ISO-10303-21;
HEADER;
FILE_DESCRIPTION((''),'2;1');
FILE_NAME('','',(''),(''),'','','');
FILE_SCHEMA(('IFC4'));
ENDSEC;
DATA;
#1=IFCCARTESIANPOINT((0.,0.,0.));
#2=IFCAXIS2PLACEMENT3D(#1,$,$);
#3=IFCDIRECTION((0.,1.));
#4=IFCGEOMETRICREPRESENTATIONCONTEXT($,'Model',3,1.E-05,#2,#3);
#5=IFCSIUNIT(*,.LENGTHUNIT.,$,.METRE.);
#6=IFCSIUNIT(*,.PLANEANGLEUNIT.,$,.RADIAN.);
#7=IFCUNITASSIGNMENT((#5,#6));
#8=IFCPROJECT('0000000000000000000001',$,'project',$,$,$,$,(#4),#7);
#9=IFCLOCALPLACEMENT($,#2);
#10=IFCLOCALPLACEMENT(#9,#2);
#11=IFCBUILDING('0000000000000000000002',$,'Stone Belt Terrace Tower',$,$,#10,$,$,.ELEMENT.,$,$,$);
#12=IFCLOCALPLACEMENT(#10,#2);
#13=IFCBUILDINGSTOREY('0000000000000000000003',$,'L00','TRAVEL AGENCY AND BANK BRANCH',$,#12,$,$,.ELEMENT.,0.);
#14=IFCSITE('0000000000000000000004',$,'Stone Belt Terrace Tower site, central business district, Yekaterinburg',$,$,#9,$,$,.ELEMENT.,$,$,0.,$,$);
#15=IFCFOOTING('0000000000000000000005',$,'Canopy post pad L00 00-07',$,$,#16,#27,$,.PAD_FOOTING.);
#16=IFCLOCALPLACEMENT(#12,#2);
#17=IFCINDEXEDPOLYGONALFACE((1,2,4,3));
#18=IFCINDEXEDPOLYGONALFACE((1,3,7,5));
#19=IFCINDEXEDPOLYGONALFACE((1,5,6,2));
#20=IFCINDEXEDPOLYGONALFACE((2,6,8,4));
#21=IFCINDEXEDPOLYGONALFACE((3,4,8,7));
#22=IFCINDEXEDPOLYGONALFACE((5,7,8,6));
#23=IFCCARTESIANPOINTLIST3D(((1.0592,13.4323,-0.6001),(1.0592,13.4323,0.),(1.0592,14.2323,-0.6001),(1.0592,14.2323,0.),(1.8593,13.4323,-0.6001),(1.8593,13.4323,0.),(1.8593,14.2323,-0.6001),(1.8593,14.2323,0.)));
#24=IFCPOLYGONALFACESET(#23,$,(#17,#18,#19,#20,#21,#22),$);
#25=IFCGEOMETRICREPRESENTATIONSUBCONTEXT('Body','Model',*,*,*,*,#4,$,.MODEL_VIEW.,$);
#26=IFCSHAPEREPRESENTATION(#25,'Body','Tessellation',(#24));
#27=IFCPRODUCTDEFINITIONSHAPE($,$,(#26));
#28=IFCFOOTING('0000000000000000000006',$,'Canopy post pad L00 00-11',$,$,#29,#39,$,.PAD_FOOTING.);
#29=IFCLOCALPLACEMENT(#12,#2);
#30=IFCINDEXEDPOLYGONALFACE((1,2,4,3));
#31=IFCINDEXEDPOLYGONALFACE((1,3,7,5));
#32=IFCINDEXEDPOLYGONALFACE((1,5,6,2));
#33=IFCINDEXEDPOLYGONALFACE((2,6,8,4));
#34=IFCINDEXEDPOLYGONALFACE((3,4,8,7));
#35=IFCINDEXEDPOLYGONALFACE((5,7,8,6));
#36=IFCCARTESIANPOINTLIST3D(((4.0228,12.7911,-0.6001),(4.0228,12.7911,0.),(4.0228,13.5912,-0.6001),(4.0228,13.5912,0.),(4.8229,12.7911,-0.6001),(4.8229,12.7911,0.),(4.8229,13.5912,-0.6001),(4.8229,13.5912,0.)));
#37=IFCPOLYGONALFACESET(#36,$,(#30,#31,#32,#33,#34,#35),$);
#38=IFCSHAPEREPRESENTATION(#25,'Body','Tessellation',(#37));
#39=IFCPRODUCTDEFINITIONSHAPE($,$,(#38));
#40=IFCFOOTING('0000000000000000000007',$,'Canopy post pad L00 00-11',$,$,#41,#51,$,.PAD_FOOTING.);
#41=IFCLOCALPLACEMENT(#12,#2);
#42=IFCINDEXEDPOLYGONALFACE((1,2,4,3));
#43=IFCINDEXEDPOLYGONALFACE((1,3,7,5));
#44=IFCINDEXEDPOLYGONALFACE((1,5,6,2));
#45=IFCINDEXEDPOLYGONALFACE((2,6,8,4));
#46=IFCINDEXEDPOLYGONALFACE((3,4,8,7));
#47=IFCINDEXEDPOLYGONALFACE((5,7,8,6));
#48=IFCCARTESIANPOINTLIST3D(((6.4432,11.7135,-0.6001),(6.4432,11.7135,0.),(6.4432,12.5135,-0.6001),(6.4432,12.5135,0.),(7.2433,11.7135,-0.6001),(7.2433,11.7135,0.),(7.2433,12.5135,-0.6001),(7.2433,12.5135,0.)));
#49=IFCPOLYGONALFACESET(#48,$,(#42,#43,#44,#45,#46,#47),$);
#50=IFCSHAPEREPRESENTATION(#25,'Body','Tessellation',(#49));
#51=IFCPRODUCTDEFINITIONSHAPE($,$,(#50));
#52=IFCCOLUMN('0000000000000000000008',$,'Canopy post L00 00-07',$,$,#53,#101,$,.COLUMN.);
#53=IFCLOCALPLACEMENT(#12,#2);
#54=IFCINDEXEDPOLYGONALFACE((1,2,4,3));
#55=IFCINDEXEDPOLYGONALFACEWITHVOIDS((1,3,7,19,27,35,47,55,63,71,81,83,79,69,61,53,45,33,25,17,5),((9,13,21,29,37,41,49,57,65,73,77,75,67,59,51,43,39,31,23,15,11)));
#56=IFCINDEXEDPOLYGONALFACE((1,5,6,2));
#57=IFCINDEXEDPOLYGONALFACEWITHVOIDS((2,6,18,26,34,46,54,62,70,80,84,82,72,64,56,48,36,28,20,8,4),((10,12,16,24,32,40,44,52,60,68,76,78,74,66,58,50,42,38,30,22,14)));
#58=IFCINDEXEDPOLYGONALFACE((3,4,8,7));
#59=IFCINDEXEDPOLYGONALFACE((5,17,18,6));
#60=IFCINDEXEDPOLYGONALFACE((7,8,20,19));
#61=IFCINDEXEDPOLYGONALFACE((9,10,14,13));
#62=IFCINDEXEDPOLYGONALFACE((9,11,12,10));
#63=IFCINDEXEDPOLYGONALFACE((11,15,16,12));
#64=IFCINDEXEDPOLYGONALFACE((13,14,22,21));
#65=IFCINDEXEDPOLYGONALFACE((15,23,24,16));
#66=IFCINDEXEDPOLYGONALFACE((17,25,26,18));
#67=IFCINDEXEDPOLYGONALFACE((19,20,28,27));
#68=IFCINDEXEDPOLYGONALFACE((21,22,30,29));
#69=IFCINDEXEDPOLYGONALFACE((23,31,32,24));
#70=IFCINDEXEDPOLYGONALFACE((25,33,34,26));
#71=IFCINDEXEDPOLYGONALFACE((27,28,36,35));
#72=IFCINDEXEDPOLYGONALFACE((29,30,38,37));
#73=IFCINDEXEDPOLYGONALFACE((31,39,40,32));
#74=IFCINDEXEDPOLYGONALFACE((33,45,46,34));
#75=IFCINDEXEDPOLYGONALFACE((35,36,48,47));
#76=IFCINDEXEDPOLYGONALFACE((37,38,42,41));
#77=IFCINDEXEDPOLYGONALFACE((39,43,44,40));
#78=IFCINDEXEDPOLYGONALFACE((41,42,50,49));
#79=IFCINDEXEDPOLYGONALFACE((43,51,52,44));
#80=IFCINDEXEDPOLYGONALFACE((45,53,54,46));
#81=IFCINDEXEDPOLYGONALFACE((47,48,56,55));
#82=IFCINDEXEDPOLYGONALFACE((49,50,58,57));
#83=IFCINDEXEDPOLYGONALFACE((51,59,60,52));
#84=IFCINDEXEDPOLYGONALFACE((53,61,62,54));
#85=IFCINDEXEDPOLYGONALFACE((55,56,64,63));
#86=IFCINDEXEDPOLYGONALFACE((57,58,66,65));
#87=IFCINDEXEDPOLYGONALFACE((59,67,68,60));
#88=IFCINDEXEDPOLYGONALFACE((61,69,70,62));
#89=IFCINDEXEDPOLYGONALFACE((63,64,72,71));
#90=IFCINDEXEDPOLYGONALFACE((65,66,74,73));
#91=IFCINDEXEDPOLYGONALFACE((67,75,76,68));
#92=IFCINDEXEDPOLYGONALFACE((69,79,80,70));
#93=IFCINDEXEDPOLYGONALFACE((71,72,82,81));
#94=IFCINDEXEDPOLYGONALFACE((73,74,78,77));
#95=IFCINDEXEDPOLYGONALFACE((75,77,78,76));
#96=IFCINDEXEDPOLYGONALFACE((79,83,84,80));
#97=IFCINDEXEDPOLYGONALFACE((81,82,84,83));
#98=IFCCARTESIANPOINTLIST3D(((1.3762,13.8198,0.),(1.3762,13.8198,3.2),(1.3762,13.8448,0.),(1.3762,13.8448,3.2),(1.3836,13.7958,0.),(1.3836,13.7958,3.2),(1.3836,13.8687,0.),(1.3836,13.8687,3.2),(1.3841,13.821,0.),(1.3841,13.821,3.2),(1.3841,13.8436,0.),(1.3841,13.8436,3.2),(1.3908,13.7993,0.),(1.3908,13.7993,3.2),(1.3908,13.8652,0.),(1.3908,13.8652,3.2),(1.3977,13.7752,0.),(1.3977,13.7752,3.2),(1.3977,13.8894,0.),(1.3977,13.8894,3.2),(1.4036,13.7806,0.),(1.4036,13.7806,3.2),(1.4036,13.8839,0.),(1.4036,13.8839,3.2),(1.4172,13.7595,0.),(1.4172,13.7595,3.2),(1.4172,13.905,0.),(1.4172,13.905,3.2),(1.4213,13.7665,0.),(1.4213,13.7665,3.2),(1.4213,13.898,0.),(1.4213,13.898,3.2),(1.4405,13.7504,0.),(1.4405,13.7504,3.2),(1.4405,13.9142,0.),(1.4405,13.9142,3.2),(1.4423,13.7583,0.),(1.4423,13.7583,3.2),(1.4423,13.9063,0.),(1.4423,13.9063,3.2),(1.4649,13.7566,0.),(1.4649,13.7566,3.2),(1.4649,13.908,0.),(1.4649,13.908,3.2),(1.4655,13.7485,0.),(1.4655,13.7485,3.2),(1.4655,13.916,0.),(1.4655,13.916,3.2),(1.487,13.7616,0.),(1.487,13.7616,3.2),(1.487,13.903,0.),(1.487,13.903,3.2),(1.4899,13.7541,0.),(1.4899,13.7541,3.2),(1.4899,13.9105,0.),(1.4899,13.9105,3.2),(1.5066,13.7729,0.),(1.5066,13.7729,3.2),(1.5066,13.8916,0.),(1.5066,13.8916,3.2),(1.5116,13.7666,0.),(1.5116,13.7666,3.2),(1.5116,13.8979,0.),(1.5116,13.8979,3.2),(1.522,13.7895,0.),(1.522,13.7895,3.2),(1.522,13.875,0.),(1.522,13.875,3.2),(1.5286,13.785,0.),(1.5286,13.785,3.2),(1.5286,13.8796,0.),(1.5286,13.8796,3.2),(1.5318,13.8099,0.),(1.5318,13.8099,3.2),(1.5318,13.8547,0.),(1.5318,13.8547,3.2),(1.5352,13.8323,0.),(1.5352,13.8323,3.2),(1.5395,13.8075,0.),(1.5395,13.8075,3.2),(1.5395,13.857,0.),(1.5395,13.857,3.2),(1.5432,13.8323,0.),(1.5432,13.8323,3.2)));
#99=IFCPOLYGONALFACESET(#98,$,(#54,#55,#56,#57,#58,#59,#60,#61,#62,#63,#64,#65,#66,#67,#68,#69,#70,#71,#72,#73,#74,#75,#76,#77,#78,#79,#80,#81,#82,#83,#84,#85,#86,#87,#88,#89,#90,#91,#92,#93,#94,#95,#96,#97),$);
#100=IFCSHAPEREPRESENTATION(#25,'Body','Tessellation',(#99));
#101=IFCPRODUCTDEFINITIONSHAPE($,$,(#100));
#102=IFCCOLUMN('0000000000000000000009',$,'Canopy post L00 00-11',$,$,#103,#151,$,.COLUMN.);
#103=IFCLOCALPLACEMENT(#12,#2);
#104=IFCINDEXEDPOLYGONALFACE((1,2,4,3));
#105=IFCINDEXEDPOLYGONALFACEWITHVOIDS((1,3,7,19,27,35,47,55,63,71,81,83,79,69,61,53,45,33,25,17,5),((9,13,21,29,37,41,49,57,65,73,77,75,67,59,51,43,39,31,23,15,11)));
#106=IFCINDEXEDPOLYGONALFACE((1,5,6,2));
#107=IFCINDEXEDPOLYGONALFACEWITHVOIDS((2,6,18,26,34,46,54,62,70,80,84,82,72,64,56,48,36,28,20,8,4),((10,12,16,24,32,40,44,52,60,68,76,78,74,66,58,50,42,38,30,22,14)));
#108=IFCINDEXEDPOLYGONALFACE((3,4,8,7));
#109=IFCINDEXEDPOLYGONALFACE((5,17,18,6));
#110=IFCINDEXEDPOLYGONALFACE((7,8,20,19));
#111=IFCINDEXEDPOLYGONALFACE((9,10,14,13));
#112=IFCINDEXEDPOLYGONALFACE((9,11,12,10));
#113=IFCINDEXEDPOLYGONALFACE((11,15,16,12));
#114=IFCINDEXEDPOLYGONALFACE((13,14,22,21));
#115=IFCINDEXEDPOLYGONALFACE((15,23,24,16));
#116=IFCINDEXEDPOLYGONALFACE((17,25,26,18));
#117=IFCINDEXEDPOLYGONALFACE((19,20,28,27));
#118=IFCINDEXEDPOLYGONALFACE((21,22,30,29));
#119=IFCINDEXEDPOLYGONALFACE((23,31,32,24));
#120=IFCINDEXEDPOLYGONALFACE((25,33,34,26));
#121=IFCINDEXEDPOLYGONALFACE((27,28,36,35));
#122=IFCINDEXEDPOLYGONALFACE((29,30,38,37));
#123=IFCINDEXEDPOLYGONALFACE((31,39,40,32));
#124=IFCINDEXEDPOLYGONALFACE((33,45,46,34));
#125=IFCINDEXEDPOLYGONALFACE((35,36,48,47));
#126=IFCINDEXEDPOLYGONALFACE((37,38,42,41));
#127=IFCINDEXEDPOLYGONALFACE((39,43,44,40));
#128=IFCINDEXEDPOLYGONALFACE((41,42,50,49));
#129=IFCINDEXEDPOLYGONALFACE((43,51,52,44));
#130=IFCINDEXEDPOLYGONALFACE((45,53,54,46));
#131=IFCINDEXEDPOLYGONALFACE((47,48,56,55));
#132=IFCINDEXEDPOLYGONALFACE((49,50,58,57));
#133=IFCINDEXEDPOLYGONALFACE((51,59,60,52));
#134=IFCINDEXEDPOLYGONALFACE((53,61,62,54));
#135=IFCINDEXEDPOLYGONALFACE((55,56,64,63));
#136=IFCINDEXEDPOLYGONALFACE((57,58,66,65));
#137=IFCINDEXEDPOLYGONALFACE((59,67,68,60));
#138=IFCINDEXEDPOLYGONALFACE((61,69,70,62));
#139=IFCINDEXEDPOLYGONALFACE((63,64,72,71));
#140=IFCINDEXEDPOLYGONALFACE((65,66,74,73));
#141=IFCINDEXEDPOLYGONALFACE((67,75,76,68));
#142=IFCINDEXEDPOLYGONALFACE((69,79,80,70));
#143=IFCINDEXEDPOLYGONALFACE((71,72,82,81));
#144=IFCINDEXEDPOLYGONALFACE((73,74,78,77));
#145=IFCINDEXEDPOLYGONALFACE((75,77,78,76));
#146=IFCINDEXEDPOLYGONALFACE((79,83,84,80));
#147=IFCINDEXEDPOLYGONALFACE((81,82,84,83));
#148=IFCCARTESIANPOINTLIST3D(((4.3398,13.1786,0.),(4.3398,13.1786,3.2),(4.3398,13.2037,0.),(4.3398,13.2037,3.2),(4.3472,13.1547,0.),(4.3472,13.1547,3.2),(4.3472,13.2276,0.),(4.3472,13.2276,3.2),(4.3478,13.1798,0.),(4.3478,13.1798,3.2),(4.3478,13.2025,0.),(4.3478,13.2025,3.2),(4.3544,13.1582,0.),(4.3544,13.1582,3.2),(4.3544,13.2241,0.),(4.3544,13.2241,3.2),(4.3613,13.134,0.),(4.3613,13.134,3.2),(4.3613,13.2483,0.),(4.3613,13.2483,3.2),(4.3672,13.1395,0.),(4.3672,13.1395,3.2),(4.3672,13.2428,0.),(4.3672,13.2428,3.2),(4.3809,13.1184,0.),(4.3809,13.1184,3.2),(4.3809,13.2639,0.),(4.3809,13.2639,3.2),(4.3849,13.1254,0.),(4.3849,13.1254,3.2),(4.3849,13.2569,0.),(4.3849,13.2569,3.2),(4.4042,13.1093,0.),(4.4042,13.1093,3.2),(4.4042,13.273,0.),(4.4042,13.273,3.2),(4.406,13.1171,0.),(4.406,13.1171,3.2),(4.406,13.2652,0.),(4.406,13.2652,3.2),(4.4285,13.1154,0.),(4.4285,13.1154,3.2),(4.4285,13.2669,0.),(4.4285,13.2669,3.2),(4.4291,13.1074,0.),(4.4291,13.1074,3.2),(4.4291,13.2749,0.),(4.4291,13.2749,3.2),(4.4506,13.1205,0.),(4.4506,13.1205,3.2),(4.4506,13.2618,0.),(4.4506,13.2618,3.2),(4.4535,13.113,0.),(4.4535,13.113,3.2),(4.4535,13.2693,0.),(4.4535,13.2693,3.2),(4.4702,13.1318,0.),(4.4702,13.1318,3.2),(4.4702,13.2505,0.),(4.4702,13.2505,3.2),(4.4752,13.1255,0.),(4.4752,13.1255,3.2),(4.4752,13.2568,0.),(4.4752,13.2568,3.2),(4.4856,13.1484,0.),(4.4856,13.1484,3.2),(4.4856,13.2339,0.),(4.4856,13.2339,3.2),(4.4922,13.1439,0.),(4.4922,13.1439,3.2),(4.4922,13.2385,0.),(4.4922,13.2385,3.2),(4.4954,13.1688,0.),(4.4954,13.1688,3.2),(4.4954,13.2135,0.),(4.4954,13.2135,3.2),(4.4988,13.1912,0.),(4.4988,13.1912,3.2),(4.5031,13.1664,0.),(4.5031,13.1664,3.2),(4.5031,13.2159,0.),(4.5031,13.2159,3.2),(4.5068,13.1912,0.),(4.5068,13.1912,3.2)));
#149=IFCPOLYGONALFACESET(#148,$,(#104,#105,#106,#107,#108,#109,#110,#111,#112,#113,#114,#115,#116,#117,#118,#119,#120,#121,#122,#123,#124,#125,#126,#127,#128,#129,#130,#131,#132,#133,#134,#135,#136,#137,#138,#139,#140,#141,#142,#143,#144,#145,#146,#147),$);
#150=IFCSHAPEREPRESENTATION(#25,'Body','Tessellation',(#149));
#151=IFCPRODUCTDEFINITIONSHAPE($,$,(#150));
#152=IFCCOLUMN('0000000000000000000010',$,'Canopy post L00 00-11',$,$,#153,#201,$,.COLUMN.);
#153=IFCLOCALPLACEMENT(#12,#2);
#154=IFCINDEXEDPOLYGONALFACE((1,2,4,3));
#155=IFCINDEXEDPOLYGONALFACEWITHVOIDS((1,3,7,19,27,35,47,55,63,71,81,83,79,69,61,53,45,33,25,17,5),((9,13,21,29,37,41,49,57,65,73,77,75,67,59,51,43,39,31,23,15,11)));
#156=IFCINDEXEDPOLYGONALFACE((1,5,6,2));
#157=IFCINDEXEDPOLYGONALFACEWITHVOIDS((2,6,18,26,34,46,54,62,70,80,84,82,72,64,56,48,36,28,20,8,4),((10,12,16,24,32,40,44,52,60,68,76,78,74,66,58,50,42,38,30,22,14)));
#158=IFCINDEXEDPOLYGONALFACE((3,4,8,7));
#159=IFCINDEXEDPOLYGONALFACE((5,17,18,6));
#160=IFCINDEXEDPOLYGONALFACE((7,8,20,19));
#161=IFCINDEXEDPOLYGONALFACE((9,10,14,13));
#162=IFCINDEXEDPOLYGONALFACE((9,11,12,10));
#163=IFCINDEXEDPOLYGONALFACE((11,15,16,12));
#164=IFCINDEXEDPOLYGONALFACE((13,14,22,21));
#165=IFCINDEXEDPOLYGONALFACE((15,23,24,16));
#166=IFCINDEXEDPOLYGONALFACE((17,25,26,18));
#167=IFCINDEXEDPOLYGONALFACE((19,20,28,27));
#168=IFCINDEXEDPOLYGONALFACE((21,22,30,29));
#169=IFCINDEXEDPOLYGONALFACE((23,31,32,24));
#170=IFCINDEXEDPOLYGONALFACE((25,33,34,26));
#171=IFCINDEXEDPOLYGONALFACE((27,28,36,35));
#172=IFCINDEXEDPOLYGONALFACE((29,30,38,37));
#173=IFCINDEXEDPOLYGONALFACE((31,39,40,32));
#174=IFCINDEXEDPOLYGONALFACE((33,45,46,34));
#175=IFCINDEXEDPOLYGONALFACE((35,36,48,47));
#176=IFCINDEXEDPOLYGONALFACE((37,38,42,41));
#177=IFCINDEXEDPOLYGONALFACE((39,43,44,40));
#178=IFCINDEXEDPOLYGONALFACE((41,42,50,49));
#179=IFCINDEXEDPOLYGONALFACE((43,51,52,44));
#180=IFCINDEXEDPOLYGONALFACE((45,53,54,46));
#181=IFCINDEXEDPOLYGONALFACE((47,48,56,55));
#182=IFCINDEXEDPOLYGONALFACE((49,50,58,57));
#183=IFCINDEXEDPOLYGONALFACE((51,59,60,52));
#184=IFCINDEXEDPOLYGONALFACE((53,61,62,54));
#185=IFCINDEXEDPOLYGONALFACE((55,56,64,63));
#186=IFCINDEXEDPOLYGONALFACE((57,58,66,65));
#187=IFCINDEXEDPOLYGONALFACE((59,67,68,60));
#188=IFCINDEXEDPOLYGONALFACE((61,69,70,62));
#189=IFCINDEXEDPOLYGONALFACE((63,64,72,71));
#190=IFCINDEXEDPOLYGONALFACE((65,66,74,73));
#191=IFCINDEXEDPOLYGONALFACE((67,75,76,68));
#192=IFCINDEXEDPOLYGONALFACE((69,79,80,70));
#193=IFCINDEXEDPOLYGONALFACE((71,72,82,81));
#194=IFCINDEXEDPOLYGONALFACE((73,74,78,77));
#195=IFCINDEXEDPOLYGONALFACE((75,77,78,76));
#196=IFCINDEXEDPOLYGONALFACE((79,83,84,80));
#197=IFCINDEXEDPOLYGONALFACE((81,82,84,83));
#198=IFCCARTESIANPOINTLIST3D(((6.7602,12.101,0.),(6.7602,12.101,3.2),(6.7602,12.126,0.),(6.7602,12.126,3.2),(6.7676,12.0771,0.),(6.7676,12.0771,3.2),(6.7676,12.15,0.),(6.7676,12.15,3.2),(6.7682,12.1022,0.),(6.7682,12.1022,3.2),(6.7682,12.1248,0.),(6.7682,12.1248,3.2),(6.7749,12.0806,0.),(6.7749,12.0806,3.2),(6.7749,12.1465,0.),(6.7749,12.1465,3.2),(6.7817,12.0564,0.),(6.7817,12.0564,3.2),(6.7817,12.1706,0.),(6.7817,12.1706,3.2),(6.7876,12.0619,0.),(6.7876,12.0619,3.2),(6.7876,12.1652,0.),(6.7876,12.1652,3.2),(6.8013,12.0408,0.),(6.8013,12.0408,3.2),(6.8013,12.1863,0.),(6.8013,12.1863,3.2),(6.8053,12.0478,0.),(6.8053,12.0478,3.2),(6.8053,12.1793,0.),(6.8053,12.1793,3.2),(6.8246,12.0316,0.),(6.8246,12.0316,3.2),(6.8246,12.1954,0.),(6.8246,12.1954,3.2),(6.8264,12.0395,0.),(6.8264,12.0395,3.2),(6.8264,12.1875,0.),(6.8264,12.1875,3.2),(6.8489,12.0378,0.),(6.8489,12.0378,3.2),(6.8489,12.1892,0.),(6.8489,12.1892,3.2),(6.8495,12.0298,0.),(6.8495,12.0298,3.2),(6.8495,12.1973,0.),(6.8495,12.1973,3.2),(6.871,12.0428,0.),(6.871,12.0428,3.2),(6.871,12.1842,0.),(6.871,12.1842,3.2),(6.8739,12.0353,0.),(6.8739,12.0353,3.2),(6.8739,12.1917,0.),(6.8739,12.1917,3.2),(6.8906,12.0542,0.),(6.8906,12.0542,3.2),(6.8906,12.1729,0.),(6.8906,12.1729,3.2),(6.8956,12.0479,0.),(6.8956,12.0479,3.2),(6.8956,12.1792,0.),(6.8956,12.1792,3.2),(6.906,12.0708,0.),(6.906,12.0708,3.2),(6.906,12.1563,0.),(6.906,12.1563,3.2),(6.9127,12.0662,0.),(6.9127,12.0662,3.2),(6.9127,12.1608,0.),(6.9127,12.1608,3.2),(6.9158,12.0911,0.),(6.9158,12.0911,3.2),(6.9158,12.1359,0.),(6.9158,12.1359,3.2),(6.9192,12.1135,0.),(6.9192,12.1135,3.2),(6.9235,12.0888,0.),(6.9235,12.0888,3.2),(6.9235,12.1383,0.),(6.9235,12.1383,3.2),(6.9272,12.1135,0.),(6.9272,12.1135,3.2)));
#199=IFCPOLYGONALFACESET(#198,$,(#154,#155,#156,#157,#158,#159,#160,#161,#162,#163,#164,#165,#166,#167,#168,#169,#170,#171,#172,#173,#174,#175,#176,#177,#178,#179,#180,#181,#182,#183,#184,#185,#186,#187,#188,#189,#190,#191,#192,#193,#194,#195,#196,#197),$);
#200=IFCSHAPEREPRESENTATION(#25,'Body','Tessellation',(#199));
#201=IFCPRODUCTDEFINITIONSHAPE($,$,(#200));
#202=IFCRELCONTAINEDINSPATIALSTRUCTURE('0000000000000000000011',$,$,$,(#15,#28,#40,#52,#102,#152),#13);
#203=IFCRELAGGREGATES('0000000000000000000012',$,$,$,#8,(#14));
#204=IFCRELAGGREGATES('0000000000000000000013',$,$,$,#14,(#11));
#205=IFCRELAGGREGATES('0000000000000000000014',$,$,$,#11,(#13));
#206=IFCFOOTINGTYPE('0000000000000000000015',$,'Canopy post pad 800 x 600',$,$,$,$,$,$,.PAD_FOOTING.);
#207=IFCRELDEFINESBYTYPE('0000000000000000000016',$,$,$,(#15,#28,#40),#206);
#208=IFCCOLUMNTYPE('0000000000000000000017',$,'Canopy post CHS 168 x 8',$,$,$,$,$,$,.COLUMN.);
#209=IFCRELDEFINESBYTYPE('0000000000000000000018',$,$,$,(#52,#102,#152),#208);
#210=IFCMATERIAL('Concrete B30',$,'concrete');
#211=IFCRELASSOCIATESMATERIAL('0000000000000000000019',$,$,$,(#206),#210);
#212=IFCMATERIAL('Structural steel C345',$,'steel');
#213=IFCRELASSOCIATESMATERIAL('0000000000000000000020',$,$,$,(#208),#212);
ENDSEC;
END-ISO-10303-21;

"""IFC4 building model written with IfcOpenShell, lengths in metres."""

from ifc_helpers import new_model, si_unit, direction, frame, origin, origin_2d, place, context, subcontext, project, spatial, rectangle, hollow_circle, extrude, material, material_profile, profile_set, type_object, element, save


model = new_model("IFC4")

# Units and contexts
model_context = context("Model", 3, precision=1e-05, world=origin(), true_north=direction((0.0, 1.0)))
body_context = subcontext(model_context, "Body", "Model", "MODEL_VIEW")
ifc_project = project(units=[si_unit("LENGTHUNIT", "METRE"), si_unit("PLANEANGLEUNIT", "RADIAN")], contexts=[model_context])

# Site, building, storey
site_placement = place(None, origin())
site = spatial("IfcSite", under=ifc_project, at=site_placement, Name="Stone Belt Terrace Tower site, central business district, Yekaterinburg", CompositionType="ELEMENT", RefElevation=0.0)
building_placement = place(site_placement, origin())
building = spatial("IfcBuilding", under=site, at=building_placement, Name="Stone Belt Terrace Tower", CompositionType="ELEMENT")
storey_placement = place(building_placement, origin())
storey = spatial("IfcBuildingStorey", under=building, at=storey_placement, Name="L00", Description="TRAVEL AGENCY AND BANK BRANCH", CompositionType="ELEMENT", Elevation=0.0)

# Footings
ifc_material_1 = material(Name="Concrete B30", Category="concrete")
footing_type = type_object("IfcFootingType", Name="Canopy post pad 800 x 600", PredefinedType="PAD_FOOTING", material=ifc_material_1)
for number, where, z_axis, x_axis, name in (
    (1, (1.4592, 13.8323, -0.6001), (0.0, 0.0, 1.0), (1.0, 0.0, 0.0), "Canopy post pad L00 00-07"),
    (2, (4.4229, 13.1912, -0.6001), (0.0, 0.0, 1.0), (1.0, 0.0, 0.0), "Canopy post pad L00 00-11"),
    (3, (6.8433, 12.1135, -0.6001), (0.0, 0.0, 1.0), (1.0, 0.0, 0.0), "Canopy post pad L00 00-11"),
):
    element("IfcFooting", number, at=place(storey_placement, frame(where, z_axis=z_axis, x_axis=x_axis)), inside=storey, type_object=footing_type, Name=name, PredefinedType="PAD_FOOTING", context=body_context, shape_type="SweptSolid", body=[
        extrude(rectangle(XDim=0.8, YDim=0.8, at=origin_2d()), origin(), (0.0, 0.0, 1.0), 0.6001),
    ])

# Columns
ifc_material_2 = material(Name="Structural steel C345", Category="steel")
ifc_material_profile_1 = material_profile(ifc_material_2, hollow_circle(Radius=0.084, WallThickness=0.0081, at=origin_2d()), Name="Structural steel C345 CHS 168x8")
ifc_profile_set_1 = profile_set([ifc_material_profile_1], Name="Structural steel C345")
column_type_1 = type_object("IfcColumnType", Name="Canopy post CHS 168 x 8", PredefinedType="COLUMN", material=ifc_profile_set_1)
for number, where, z_axis, x_axis, name in (
    (4, (1.4592, 13.8323, 0.0), (0.0, 0.0, 1.0), (1.0, 0.0, 0.0), "Canopy post L00 00-07"),
    (5, (4.4229, 13.1912, 0.0), (0.0, 0.0, 1.0), (1.0, 0.0, 0.0), "Canopy post L00 00-11"),
    (6, (6.8433, 12.1135, 0.0), (0.0, 0.0, 1.0), (1.0, 0.0, 0.0), "Canopy post L00 00-11"),
):
    element("IfcColumn", number, at=place(storey_placement, frame(where, z_axis=z_axis, x_axis=x_axis)), inside=storey, type_object=column_type_1, Name=name, PredefinedType="COLUMN", context=body_context, shape_type="SweptSolid", body=[
        extrude(hollow_circle(Radius=0.084, WallThickness=0.0081, at=origin_2d()), origin(), (0.0, 0.0, 1.0), 3.2),
    ])

save(model, "model.ifc")
